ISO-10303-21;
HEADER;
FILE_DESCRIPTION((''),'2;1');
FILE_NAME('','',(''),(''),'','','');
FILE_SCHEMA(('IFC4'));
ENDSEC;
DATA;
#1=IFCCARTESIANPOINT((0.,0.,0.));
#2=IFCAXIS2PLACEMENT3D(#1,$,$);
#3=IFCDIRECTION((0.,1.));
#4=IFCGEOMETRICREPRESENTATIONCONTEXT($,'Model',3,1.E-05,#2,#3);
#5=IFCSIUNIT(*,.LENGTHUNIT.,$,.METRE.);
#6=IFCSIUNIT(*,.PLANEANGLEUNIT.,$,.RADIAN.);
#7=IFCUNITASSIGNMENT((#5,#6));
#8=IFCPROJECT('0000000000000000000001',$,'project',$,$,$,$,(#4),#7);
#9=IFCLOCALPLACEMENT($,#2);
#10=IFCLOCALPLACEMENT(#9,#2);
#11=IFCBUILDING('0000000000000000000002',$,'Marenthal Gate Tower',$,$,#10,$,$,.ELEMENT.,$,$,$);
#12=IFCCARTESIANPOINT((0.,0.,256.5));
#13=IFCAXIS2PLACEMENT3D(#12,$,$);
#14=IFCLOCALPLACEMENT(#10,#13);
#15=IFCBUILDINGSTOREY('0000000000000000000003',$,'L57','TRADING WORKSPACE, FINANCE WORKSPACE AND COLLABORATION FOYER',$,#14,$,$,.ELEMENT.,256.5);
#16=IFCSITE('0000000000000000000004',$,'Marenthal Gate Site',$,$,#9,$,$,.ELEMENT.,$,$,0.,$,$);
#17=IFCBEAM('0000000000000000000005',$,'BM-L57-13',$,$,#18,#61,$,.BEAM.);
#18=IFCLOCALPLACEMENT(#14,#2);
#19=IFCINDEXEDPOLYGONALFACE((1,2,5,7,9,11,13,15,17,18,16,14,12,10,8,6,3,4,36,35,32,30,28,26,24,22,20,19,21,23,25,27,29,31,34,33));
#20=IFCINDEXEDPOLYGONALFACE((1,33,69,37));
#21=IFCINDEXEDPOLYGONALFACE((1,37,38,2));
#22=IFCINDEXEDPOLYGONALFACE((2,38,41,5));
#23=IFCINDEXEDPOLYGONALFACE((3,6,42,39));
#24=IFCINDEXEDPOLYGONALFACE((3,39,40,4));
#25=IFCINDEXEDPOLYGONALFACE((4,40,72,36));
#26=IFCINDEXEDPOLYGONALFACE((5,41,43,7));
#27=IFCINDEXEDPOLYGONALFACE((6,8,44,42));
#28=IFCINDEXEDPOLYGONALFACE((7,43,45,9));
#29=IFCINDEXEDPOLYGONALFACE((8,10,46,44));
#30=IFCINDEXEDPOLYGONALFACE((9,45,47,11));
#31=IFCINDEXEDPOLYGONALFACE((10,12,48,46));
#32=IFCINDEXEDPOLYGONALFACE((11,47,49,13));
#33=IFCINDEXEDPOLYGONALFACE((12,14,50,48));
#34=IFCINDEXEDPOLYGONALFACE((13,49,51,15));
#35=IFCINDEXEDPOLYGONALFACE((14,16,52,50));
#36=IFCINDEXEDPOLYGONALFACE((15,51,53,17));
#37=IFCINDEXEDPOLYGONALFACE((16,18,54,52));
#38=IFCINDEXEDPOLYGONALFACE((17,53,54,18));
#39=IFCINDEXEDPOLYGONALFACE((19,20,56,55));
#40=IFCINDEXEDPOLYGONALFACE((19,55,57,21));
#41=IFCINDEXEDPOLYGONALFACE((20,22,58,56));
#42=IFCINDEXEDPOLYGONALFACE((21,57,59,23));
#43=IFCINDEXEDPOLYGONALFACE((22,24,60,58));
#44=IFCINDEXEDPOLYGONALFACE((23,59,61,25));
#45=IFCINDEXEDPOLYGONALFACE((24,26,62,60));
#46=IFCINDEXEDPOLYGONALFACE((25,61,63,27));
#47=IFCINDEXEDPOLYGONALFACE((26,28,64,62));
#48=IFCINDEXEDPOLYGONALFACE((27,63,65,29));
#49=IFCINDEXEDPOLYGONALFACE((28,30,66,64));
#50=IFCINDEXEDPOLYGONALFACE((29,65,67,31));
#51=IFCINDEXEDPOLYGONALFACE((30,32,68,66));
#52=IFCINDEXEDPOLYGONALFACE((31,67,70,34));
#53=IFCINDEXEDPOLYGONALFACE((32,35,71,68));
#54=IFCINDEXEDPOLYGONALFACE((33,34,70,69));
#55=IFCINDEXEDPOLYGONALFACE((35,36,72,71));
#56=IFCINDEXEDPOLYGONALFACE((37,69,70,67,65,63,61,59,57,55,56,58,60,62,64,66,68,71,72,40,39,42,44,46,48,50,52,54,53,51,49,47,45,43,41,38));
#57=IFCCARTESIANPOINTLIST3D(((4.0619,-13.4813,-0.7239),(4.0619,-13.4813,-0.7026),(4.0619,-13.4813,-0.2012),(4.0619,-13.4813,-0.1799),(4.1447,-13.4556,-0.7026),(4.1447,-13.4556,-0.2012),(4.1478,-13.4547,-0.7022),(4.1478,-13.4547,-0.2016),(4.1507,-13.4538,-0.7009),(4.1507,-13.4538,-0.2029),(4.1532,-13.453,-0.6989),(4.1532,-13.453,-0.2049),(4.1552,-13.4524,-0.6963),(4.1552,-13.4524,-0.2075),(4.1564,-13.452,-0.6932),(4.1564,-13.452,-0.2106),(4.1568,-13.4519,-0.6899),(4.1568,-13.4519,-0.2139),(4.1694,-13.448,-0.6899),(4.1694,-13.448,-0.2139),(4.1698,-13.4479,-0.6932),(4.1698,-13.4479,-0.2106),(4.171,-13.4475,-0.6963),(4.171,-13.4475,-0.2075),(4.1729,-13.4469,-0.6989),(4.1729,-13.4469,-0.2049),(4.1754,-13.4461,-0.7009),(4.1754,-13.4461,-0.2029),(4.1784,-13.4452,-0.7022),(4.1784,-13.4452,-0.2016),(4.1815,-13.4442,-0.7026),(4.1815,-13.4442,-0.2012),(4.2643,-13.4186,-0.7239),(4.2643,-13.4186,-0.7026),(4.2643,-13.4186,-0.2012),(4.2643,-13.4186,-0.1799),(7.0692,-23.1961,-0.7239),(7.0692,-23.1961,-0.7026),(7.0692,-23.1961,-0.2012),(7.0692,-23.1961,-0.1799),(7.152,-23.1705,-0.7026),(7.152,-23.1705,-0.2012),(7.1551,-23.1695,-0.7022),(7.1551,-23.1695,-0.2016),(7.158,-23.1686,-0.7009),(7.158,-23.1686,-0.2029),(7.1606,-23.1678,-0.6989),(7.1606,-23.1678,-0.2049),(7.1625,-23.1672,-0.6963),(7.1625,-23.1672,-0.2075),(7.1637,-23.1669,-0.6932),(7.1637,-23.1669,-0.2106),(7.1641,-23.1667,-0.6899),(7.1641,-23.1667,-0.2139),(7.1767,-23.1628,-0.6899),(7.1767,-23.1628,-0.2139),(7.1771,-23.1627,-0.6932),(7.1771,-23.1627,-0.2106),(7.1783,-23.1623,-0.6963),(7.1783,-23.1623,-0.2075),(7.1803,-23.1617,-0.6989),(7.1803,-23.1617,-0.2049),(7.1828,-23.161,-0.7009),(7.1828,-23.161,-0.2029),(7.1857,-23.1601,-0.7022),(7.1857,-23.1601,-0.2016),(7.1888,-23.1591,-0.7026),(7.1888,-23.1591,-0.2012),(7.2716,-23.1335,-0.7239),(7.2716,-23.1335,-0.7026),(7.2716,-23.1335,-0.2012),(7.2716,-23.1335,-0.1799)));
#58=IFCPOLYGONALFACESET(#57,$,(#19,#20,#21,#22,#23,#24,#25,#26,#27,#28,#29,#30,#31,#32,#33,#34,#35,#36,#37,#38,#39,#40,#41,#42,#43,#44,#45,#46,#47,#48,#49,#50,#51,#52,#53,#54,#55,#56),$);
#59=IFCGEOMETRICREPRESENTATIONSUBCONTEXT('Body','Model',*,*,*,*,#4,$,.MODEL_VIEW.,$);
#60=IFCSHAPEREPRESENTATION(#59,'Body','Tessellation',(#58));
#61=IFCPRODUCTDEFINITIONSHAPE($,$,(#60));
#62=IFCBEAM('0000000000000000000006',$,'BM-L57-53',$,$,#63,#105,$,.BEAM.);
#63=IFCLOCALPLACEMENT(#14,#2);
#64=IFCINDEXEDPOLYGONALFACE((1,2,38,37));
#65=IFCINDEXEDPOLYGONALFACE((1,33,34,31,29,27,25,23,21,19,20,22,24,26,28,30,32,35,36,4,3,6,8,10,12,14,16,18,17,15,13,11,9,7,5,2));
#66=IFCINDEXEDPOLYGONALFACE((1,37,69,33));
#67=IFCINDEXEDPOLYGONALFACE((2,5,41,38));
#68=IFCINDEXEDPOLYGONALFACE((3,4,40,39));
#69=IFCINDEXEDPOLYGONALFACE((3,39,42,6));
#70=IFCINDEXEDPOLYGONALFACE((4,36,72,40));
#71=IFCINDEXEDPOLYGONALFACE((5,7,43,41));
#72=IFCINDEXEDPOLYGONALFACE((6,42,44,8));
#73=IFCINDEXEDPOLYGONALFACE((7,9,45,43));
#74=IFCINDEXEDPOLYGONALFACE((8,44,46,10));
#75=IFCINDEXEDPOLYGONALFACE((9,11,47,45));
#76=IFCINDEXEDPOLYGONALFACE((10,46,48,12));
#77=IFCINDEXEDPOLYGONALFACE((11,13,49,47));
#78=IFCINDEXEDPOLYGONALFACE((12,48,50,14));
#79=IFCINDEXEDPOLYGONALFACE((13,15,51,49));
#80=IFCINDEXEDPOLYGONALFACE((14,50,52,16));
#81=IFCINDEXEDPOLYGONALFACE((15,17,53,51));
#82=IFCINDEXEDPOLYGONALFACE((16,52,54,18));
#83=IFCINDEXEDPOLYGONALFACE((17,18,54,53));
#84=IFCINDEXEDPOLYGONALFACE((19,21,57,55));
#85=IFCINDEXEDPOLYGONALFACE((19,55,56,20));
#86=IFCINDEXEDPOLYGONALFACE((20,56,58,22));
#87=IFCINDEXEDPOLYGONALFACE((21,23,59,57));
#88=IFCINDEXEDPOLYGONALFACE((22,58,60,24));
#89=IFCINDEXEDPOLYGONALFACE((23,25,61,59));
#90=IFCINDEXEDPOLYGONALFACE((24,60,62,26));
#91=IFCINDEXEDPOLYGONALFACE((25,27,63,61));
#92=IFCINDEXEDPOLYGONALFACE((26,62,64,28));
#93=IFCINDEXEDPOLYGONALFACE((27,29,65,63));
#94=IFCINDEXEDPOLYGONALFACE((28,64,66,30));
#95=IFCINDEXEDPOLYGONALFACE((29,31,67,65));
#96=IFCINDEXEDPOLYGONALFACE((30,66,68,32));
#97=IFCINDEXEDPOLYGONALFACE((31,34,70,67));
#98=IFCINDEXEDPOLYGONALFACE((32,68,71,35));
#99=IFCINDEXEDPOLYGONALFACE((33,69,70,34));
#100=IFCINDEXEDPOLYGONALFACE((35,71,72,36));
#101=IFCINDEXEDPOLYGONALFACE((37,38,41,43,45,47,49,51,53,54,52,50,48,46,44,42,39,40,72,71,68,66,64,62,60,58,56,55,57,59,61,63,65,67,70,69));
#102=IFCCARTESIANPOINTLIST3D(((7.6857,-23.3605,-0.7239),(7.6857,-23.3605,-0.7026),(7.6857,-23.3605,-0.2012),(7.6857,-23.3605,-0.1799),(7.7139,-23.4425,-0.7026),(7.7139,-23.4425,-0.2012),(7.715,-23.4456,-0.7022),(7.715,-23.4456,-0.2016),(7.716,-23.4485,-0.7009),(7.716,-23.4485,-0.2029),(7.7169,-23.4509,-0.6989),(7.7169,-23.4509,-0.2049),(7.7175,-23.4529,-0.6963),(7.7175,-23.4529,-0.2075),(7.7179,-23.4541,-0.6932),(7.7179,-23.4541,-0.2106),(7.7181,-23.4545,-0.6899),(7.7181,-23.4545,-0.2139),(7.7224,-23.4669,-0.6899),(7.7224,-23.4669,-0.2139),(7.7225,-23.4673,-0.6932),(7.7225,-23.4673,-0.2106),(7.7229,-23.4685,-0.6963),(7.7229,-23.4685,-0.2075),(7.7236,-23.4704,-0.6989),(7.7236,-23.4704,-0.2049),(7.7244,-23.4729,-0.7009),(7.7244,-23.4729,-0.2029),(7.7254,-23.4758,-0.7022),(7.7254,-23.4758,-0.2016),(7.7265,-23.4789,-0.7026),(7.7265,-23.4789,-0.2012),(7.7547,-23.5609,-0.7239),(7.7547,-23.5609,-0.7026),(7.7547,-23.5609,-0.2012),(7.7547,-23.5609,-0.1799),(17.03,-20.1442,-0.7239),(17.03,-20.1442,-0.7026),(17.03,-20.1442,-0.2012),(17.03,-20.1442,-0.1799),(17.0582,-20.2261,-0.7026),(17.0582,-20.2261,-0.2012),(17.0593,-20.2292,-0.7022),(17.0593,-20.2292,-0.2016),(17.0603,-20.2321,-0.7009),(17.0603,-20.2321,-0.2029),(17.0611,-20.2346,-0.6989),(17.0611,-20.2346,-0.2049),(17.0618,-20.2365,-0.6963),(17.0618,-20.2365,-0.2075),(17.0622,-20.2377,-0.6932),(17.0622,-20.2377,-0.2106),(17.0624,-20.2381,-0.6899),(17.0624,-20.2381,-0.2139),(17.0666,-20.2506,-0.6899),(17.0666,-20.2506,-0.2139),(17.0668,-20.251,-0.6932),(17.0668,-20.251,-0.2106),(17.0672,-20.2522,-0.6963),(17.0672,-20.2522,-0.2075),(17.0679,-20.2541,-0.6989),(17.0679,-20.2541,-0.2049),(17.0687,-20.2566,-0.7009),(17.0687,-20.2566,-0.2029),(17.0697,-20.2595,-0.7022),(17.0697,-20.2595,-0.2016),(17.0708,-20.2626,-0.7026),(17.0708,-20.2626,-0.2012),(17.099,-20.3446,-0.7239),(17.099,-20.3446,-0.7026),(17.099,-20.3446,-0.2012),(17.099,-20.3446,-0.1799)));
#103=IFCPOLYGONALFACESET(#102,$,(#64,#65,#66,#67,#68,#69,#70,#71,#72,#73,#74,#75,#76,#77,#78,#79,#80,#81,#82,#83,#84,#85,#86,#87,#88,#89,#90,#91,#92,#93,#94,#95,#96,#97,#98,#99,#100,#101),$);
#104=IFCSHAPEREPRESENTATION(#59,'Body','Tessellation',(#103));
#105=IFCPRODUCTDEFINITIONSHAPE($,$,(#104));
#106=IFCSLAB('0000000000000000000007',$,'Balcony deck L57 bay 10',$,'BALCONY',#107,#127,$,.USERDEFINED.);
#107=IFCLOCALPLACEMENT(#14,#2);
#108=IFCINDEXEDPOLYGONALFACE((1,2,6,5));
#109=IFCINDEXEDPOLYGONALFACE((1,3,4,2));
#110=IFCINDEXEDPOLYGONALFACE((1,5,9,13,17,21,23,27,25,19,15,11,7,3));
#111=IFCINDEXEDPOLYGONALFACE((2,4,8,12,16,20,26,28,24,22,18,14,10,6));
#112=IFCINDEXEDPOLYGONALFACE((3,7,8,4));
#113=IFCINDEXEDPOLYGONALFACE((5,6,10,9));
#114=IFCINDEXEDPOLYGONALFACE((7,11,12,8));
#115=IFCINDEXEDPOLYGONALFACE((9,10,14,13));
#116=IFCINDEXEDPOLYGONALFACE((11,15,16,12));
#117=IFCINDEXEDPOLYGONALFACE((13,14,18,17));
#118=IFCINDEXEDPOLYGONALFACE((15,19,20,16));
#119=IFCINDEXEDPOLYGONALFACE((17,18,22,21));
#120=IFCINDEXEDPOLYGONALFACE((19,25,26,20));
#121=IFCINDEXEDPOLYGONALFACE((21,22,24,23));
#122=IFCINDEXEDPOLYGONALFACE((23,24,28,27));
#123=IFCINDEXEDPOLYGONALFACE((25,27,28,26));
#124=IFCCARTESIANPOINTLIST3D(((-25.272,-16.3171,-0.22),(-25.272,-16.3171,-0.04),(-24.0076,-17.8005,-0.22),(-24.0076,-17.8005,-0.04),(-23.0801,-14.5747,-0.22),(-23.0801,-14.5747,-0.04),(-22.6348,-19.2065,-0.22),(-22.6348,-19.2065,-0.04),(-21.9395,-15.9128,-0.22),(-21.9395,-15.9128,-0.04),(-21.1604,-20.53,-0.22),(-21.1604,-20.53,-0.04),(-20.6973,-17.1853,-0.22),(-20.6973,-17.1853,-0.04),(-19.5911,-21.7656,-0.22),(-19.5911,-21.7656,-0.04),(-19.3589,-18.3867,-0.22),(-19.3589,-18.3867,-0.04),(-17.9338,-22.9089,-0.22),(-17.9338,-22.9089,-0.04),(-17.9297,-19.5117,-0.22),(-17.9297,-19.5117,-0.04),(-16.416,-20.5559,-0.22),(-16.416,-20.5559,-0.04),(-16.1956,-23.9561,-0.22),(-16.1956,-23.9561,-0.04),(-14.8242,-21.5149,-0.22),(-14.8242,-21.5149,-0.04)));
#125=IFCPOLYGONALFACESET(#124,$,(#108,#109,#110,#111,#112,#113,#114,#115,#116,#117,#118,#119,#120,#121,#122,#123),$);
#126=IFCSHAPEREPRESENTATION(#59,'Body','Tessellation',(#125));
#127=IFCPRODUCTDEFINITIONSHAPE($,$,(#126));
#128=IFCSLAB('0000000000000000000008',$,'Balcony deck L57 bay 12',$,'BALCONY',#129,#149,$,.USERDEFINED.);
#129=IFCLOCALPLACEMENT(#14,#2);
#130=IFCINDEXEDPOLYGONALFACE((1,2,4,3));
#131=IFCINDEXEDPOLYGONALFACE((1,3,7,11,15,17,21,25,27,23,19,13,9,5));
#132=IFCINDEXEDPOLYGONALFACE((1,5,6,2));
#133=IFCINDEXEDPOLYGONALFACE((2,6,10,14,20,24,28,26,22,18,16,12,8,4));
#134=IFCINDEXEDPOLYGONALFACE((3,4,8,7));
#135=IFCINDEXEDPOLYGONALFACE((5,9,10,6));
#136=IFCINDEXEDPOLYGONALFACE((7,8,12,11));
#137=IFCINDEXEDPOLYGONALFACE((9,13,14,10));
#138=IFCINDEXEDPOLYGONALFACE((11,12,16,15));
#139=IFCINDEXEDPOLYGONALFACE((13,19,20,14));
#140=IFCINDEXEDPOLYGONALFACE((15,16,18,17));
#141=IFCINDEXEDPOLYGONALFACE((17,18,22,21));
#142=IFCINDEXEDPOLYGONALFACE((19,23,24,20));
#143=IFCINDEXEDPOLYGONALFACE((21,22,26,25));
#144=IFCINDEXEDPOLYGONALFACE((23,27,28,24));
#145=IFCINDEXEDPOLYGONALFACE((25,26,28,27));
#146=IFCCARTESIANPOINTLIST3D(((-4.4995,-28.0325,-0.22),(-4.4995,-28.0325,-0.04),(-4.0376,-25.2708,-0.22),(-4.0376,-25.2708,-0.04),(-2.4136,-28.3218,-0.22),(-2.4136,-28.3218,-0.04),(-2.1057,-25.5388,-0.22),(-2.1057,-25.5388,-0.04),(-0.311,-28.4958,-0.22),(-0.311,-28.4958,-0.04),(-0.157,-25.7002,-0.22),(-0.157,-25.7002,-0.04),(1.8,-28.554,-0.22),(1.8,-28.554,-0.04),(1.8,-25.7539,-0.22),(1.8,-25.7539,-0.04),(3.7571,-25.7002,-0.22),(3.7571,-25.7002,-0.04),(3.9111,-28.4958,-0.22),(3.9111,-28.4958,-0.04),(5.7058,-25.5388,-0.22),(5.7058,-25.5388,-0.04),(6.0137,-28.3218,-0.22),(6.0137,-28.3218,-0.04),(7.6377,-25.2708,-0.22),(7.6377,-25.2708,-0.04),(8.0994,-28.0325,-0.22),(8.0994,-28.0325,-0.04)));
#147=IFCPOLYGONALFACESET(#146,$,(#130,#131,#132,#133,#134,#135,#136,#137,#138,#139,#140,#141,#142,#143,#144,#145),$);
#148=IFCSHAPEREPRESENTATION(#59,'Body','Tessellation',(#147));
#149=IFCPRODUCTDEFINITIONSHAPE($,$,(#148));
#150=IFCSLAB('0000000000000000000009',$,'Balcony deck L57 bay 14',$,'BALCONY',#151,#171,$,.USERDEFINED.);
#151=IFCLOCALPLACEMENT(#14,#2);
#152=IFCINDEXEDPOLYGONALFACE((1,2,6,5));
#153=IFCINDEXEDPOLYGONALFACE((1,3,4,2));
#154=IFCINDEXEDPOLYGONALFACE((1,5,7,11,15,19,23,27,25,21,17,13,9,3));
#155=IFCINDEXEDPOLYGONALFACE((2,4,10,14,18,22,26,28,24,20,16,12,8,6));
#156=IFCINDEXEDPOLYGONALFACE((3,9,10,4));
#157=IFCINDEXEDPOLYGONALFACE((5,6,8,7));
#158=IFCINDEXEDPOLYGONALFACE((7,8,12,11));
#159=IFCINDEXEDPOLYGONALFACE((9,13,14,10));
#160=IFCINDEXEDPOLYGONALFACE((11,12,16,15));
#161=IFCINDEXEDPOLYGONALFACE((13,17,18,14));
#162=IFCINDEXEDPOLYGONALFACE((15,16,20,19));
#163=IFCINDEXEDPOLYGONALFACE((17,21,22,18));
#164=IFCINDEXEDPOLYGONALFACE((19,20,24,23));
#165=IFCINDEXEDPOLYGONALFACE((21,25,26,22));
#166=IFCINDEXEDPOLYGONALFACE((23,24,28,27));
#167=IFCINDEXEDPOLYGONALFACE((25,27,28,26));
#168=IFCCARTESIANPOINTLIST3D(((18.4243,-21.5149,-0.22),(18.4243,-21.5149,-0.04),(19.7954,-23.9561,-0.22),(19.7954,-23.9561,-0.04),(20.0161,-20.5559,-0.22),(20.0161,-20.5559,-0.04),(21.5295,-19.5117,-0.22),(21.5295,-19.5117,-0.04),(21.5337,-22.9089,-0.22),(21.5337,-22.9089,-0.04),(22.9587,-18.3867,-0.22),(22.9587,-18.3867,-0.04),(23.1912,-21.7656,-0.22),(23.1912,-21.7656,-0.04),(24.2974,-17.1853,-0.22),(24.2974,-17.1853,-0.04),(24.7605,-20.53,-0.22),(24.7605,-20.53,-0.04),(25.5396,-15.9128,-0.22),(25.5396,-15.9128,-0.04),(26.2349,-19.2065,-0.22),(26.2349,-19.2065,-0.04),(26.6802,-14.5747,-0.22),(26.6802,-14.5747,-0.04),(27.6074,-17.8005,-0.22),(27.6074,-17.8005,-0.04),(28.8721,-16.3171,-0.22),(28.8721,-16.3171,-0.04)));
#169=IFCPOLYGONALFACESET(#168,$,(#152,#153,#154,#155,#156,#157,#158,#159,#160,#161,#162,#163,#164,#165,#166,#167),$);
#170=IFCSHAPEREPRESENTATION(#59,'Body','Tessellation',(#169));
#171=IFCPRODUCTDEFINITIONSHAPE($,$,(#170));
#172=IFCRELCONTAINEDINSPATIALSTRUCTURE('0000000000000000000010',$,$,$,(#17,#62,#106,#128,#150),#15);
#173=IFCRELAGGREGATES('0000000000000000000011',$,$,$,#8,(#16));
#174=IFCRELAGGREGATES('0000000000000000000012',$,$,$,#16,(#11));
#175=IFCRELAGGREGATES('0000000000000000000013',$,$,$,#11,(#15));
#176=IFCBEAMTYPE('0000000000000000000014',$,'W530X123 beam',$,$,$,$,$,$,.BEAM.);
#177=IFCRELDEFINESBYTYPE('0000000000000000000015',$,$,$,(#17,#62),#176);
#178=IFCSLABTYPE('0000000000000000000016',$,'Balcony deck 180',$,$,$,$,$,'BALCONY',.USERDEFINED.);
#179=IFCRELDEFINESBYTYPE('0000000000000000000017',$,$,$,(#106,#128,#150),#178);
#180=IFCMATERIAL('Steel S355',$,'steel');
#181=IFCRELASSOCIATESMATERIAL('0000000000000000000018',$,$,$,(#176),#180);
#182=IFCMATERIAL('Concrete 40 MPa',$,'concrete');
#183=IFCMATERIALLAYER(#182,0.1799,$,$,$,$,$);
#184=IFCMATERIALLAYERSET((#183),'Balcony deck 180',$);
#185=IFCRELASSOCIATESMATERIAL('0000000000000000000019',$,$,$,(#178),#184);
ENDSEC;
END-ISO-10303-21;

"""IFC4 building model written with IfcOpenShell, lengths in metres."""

from ifc_helpers import new_model, si_unit, direction, frame, origin, origin_2d, place, context, subcontext, project, spatial, polyline, i_section, outline, extrude, material, layer, layer_set, material_profile, profile_set, type_object, element, save


model = new_model("IFC4")

# Units and contexts
model_context = context("Model", 3, precision=1e-05, world=origin(), true_north=direction((0.0, 1.0)))
body_context = subcontext(model_context, "Body", "Model", "MODEL_VIEW")
ifc_project = project(units=[si_unit("LENGTHUNIT", "METRE"), si_unit("PLANEANGLEUNIT", "RADIAN")], contexts=[model_context])

# Site, building, storey
site_placement = place(None, origin())
site = spatial("IfcSite", under=ifc_project, at=site_placement, Name="Marenthal Gate Site", CompositionType="ELEMENT", RefElevation=0.0)
building_placement = place(site_placement, origin())
building = spatial("IfcBuilding", under=site, at=building_placement, Name="Marenthal Gate Tower", CompositionType="ELEMENT")
storey_placement = place(building_placement, frame((0.0, 0.0, 256.5)))
storey = spatial("IfcBuildingStorey", under=building, at=storey_placement, Name="L57", Description="TRADING WORKSPACE, FINANCE WORKSPACE AND COLLABORATION FOYER", CompositionType="ELEMENT", Elevation=256.5)

# Beams
ifc_material_1 = material(Name="Steel S355", Category="steel")
ifc_material_profile_1 = material_profile(ifc_material_1, i_section(OverallWidth=0.2119, OverallDepth=0.5439, WebThickness=0.0132, FlangeThickness=0.0212, FilletRadius=0.0127, at=origin_2d()), Name="W530X123")
ifc_profile_set_1 = profile_set([ifc_material_profile_1], Name="Steel S355")
beam_type_1 = type_object("IfcBeamType", Name="W530X123 beam", PredefinedType="BEAM", material=ifc_profile_set_1)
beam_1_placement = place(storey_placement, frame((7.1704, -23.1648, -0.4519), z_axis=(-0.295715, 0.955276, 0.0), x_axis=(-0.955276, -0.295715, 0.0)))
element("IfcBeam", 1, at=beam_1_placement, inside=storey, type_object=beam_type_1, Name="BM-L57-13", PredefinedType="BEAM", context=body_context, shape_type="SweptSolid", body=[
    extrude(i_section(OverallWidth=0.2119, OverallDepth=0.5439, WebThickness=0.0132, FlangeThickness=0.0212, FilletRadius=0.0127, at=origin_2d()), origin(), (0.0, 0.0, 1.0), 10.1697),
])
beam_2_placement = place(storey_placement, frame((7.7202, -23.4607, -0.4519), z_axis=(0.945555, 0.325462, 0.0), x_axis=(-0.325462, 0.945555, 0.0)))
element("IfcBeam", 2, at=beam_2_placement, inside=storey, type_object=beam_type_1, Name="BM-L57-53", PredefinedType="BEAM", context=body_context, shape_type="SweptSolid", body=[
    extrude(i_section(OverallWidth=0.2119, OverallDepth=0.5439, WebThickness=0.0132, FlangeThickness=0.0212, FilletRadius=0.0127, at=origin_2d()), origin(), (0.0, 0.0, 1.0), 9.8823),
])

# Slabs
ifc_material_2 = material(Name="Concrete 40 MPa", Category="concrete")
ifc_layer_1 = layer(ifc_material_2, 0.1799)
ifc_layer_set_1 = layer_set([ifc_layer_1], Name="Balcony deck 180")
slab_type_1 = type_object("IfcSlabType", Name="Balcony deck 180", ElementType="BALCONY", PredefinedType="USERDEFINED", material=ifc_layer_set_1)
slab_1_placement = place(storey_placement, frame((0.0, 0.0, -0.22)))
element("IfcSlab", 3, at=slab_1_placement, inside=storey, type_object=slab_type_1, Name="Balcony deck L57 bay 10", ObjectType="BALCONY", PredefinedType="USERDEFINED", context=body_context, shape_type="SweptSolid", body=[
    extrude(outline(polyline([(-23.0801, -14.5747), (-21.9395, -15.9128), (-20.6973, -17.1853), (-19.3589, -18.3867), (-17.9297, -19.5117), (-16.416, -20.5559), (-14.8242, -21.5149), (-16.1956, -23.9561), (-17.9338, -22.9089), (-19.5911, -21.7656), (-21.1604, -20.53), (-22.6348, -19.2065), (-24.0076, -17.8005), (-25.272, -16.3171), (-23.0801, -14.5747)])), origin(), (0.0, 0.0, 1.0), 0.1799),
])
slab_2_placement = place(storey_placement, frame((0.0, 0.0, -0.22)))
element("IfcSlab", 4, at=slab_2_placement, inside=storey, type_object=slab_type_1, Name="Balcony deck L57 bay 12", ObjectType="BALCONY", PredefinedType="USERDEFINED", context=body_context, shape_type="SweptSolid", body=[
    extrude(outline(polyline([(-4.0376, -25.2708), (-2.1057, -25.5388), (-0.157, -25.7002), (1.8, -25.7539), (3.7571, -25.7002), (5.7058, -25.5388), (7.6377, -25.2708), (8.0994, -28.0325), (6.0137, -28.3218), (3.9111, -28.4958), (1.8, -28.554), (-0.311, -28.4958), (-2.4136, -28.3218), (-4.4995, -28.0325), (-4.0376, -25.2708)])), origin(), (0.0, 0.0, 1.0), 0.1799),
])
slab_3_placement = place(storey_placement, frame((0.0, 0.0, -0.22)))
element("IfcSlab", 5, at=slab_3_placement, inside=storey, type_object=slab_type_1, Name="Balcony deck L57 bay 14", ObjectType="BALCONY", PredefinedType="USERDEFINED", context=body_context, shape_type="SweptSolid", body=[
    extrude(outline(polyline([(18.4243, -21.5149), (20.0161, -20.5559), (21.5295, -19.5117), (22.9587, -18.3867), (24.2974, -17.1853), (25.5396, -15.9128), (26.6802, -14.5747), (28.8721, -16.3171), (27.6074, -17.8005), (26.2349, -19.2065), (24.7605, -20.53), (23.1912, -21.7656), (21.5337, -22.9089), (19.7954, -23.9561), (18.4243, -21.5149)])), origin(), (0.0, 0.0, 1.0), 0.1799),
])

save(model, "model.ifc")
